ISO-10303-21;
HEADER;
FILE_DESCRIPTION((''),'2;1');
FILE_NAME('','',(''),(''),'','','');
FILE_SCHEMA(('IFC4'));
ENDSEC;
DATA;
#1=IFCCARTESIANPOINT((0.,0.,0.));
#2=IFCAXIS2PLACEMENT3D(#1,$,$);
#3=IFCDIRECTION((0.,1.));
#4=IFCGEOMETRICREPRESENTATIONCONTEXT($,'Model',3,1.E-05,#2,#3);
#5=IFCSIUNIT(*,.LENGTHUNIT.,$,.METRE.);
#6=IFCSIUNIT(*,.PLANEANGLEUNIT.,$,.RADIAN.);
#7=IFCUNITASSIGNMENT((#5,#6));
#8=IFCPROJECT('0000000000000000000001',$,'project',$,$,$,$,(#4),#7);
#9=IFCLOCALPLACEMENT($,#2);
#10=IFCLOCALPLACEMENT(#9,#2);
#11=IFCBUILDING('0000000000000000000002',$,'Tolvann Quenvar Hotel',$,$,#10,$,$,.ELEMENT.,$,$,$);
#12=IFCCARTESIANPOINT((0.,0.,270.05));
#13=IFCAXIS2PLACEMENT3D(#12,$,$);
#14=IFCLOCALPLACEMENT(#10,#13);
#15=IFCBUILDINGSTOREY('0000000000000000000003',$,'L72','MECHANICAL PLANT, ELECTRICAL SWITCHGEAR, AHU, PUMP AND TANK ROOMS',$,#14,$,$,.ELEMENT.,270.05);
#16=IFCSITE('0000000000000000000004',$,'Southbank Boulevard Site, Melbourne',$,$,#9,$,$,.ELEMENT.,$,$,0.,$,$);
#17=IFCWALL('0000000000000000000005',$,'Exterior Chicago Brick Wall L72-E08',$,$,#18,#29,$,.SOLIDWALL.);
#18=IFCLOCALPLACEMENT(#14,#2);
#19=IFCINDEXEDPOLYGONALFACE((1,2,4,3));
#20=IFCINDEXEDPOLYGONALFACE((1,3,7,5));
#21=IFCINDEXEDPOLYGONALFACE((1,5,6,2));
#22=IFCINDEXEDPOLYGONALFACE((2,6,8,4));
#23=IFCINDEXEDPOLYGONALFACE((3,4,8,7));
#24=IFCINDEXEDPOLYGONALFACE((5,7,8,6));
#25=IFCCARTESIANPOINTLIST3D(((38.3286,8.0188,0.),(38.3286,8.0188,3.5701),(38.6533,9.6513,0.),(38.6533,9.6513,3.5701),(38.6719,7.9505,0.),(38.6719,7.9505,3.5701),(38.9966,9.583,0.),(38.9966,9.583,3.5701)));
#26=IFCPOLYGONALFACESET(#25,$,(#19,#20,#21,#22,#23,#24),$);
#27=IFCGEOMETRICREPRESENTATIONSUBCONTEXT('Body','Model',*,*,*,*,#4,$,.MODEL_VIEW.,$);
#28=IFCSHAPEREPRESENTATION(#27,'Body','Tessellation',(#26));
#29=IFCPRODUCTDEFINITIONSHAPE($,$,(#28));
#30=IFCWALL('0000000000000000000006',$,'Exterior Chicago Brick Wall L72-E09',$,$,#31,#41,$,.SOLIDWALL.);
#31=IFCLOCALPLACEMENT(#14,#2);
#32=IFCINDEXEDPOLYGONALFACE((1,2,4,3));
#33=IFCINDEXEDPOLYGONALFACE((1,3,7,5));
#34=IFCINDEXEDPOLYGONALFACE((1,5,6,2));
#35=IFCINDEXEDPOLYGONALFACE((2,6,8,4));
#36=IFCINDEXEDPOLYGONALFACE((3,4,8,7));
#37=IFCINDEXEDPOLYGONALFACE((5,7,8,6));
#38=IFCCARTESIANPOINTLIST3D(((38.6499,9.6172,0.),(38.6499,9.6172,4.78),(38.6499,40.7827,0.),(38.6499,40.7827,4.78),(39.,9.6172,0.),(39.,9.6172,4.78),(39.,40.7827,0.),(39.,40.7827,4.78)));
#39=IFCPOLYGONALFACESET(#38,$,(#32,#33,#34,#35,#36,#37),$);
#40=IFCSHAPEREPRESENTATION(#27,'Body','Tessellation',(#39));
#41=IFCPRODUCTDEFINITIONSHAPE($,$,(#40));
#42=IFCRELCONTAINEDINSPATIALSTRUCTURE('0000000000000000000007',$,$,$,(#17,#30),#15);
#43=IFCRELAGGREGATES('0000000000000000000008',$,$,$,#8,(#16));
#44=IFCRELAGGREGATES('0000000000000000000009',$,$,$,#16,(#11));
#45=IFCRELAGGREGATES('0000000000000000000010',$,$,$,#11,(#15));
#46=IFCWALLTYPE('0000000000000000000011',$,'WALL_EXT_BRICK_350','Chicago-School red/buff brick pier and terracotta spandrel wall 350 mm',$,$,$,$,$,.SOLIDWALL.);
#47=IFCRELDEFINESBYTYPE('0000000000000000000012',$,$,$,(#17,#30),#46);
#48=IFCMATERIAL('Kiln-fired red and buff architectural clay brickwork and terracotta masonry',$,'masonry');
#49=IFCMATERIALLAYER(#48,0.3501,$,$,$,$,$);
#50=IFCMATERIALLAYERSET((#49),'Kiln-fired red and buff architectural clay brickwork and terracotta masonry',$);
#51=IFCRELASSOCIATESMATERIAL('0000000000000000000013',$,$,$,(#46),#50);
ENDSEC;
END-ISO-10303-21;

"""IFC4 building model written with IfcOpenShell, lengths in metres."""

from ifc_helpers import new_model, si_unit, direction, frame, frame_2d, origin, place, context, subcontext, project, spatial, rectangle, extrude, material, layer, layer_set, type_object, element, save


model = new_model("IFC4")

# Units and contexts
model_context = context("Model", 3, precision=1e-05, world=origin(), true_north=direction((0.0, 1.0)))
body_context = subcontext(model_context, "Body", "Model", "MODEL_VIEW")
ifc_project = project(units=[si_unit("LENGTHUNIT", "METRE"), si_unit("PLANEANGLEUNIT", "RADIAN")], contexts=[model_context])

# Site, building, storey
site_placement = place(None, origin())
site = spatial("IfcSite", under=ifc_project, at=site_placement, Name="Southbank Boulevard Site, Melbourne", CompositionType="ELEMENT", RefElevation=0.0)
building_placement = place(site_placement, origin())
building = spatial("IfcBuilding", under=site, at=building_placement, Name="Tolvann Quenvar Hotel", CompositionType="ELEMENT")
storey_placement = place(building_placement, frame((0.0, 0.0, 270.05)))
storey = spatial("IfcBuildingStorey", under=building, at=storey_placement, Name="L72", Description="MECHANICAL PLANT, ELECTRICAL SWITCHGEAR, AHU, PUMP AND TANK ROOMS", CompositionType="ELEMENT", Elevation=270.05)

# Walls
ifc_material_1 = material(Name="Kiln-fired red and buff architectural clay brickwork and terracotta masonry", Category="masonry")
ifc_layer_1 = layer(ifc_material_1, 0.3501)
ifc_layer_set_1 = layer_set([ifc_layer_1], Name="Kiln-fired red and buff architectural clay brickwork and terracotta masonry")
wall_type = type_object("IfcWallType", Name="WALL_EXT_BRICK_350", Description="Chicago-School red/buff brick pier and terracotta spandrel wall 350 mm", PredefinedType="SOLIDWALL", material=ifc_layer_set_1)
wall_1_placement = place(storey_placement, frame((38.5002, 7.9846, 0.0), z_axis=(0.0, 0.0, 1.0), x_axis=(0.195072, 0.980789, 0.0)))
element("IfcWall", 1, at=wall_1_placement, inside=storey, type_object=wall_type, Name="Exterior Chicago Brick Wall L72-E08", PredefinedType="SOLIDWALL", context=body_context, shape_type="SweptSolid", body=[
    extrude(rectangle(XDim=1.6646, YDim=0.3501, at=frame_2d((0.8323, 0.0))), origin(), (0.0, 0.0, 1.0), 3.5701),
])
wall_2_placement = place(storey_placement, frame((38.825, 9.6172, 0.0), z_axis=(0.0, 0.0, 1.0), x_axis=(0.0, 1.0, 0.0)))
element("IfcWall", 2, at=wall_2_placement, inside=storey, type_object=wall_type, Name="Exterior Chicago Brick Wall L72-E09", PredefinedType="SOLIDWALL", context=body_context, shape_type="SweptSolid", body=[
    extrude(rectangle(XDim=31.1655, YDim=0.3501, at=frame_2d((15.5828, 0.0))), origin(), (0.0, 0.0, 1.0), 4.78),
])

save(model, "model.ifc")
